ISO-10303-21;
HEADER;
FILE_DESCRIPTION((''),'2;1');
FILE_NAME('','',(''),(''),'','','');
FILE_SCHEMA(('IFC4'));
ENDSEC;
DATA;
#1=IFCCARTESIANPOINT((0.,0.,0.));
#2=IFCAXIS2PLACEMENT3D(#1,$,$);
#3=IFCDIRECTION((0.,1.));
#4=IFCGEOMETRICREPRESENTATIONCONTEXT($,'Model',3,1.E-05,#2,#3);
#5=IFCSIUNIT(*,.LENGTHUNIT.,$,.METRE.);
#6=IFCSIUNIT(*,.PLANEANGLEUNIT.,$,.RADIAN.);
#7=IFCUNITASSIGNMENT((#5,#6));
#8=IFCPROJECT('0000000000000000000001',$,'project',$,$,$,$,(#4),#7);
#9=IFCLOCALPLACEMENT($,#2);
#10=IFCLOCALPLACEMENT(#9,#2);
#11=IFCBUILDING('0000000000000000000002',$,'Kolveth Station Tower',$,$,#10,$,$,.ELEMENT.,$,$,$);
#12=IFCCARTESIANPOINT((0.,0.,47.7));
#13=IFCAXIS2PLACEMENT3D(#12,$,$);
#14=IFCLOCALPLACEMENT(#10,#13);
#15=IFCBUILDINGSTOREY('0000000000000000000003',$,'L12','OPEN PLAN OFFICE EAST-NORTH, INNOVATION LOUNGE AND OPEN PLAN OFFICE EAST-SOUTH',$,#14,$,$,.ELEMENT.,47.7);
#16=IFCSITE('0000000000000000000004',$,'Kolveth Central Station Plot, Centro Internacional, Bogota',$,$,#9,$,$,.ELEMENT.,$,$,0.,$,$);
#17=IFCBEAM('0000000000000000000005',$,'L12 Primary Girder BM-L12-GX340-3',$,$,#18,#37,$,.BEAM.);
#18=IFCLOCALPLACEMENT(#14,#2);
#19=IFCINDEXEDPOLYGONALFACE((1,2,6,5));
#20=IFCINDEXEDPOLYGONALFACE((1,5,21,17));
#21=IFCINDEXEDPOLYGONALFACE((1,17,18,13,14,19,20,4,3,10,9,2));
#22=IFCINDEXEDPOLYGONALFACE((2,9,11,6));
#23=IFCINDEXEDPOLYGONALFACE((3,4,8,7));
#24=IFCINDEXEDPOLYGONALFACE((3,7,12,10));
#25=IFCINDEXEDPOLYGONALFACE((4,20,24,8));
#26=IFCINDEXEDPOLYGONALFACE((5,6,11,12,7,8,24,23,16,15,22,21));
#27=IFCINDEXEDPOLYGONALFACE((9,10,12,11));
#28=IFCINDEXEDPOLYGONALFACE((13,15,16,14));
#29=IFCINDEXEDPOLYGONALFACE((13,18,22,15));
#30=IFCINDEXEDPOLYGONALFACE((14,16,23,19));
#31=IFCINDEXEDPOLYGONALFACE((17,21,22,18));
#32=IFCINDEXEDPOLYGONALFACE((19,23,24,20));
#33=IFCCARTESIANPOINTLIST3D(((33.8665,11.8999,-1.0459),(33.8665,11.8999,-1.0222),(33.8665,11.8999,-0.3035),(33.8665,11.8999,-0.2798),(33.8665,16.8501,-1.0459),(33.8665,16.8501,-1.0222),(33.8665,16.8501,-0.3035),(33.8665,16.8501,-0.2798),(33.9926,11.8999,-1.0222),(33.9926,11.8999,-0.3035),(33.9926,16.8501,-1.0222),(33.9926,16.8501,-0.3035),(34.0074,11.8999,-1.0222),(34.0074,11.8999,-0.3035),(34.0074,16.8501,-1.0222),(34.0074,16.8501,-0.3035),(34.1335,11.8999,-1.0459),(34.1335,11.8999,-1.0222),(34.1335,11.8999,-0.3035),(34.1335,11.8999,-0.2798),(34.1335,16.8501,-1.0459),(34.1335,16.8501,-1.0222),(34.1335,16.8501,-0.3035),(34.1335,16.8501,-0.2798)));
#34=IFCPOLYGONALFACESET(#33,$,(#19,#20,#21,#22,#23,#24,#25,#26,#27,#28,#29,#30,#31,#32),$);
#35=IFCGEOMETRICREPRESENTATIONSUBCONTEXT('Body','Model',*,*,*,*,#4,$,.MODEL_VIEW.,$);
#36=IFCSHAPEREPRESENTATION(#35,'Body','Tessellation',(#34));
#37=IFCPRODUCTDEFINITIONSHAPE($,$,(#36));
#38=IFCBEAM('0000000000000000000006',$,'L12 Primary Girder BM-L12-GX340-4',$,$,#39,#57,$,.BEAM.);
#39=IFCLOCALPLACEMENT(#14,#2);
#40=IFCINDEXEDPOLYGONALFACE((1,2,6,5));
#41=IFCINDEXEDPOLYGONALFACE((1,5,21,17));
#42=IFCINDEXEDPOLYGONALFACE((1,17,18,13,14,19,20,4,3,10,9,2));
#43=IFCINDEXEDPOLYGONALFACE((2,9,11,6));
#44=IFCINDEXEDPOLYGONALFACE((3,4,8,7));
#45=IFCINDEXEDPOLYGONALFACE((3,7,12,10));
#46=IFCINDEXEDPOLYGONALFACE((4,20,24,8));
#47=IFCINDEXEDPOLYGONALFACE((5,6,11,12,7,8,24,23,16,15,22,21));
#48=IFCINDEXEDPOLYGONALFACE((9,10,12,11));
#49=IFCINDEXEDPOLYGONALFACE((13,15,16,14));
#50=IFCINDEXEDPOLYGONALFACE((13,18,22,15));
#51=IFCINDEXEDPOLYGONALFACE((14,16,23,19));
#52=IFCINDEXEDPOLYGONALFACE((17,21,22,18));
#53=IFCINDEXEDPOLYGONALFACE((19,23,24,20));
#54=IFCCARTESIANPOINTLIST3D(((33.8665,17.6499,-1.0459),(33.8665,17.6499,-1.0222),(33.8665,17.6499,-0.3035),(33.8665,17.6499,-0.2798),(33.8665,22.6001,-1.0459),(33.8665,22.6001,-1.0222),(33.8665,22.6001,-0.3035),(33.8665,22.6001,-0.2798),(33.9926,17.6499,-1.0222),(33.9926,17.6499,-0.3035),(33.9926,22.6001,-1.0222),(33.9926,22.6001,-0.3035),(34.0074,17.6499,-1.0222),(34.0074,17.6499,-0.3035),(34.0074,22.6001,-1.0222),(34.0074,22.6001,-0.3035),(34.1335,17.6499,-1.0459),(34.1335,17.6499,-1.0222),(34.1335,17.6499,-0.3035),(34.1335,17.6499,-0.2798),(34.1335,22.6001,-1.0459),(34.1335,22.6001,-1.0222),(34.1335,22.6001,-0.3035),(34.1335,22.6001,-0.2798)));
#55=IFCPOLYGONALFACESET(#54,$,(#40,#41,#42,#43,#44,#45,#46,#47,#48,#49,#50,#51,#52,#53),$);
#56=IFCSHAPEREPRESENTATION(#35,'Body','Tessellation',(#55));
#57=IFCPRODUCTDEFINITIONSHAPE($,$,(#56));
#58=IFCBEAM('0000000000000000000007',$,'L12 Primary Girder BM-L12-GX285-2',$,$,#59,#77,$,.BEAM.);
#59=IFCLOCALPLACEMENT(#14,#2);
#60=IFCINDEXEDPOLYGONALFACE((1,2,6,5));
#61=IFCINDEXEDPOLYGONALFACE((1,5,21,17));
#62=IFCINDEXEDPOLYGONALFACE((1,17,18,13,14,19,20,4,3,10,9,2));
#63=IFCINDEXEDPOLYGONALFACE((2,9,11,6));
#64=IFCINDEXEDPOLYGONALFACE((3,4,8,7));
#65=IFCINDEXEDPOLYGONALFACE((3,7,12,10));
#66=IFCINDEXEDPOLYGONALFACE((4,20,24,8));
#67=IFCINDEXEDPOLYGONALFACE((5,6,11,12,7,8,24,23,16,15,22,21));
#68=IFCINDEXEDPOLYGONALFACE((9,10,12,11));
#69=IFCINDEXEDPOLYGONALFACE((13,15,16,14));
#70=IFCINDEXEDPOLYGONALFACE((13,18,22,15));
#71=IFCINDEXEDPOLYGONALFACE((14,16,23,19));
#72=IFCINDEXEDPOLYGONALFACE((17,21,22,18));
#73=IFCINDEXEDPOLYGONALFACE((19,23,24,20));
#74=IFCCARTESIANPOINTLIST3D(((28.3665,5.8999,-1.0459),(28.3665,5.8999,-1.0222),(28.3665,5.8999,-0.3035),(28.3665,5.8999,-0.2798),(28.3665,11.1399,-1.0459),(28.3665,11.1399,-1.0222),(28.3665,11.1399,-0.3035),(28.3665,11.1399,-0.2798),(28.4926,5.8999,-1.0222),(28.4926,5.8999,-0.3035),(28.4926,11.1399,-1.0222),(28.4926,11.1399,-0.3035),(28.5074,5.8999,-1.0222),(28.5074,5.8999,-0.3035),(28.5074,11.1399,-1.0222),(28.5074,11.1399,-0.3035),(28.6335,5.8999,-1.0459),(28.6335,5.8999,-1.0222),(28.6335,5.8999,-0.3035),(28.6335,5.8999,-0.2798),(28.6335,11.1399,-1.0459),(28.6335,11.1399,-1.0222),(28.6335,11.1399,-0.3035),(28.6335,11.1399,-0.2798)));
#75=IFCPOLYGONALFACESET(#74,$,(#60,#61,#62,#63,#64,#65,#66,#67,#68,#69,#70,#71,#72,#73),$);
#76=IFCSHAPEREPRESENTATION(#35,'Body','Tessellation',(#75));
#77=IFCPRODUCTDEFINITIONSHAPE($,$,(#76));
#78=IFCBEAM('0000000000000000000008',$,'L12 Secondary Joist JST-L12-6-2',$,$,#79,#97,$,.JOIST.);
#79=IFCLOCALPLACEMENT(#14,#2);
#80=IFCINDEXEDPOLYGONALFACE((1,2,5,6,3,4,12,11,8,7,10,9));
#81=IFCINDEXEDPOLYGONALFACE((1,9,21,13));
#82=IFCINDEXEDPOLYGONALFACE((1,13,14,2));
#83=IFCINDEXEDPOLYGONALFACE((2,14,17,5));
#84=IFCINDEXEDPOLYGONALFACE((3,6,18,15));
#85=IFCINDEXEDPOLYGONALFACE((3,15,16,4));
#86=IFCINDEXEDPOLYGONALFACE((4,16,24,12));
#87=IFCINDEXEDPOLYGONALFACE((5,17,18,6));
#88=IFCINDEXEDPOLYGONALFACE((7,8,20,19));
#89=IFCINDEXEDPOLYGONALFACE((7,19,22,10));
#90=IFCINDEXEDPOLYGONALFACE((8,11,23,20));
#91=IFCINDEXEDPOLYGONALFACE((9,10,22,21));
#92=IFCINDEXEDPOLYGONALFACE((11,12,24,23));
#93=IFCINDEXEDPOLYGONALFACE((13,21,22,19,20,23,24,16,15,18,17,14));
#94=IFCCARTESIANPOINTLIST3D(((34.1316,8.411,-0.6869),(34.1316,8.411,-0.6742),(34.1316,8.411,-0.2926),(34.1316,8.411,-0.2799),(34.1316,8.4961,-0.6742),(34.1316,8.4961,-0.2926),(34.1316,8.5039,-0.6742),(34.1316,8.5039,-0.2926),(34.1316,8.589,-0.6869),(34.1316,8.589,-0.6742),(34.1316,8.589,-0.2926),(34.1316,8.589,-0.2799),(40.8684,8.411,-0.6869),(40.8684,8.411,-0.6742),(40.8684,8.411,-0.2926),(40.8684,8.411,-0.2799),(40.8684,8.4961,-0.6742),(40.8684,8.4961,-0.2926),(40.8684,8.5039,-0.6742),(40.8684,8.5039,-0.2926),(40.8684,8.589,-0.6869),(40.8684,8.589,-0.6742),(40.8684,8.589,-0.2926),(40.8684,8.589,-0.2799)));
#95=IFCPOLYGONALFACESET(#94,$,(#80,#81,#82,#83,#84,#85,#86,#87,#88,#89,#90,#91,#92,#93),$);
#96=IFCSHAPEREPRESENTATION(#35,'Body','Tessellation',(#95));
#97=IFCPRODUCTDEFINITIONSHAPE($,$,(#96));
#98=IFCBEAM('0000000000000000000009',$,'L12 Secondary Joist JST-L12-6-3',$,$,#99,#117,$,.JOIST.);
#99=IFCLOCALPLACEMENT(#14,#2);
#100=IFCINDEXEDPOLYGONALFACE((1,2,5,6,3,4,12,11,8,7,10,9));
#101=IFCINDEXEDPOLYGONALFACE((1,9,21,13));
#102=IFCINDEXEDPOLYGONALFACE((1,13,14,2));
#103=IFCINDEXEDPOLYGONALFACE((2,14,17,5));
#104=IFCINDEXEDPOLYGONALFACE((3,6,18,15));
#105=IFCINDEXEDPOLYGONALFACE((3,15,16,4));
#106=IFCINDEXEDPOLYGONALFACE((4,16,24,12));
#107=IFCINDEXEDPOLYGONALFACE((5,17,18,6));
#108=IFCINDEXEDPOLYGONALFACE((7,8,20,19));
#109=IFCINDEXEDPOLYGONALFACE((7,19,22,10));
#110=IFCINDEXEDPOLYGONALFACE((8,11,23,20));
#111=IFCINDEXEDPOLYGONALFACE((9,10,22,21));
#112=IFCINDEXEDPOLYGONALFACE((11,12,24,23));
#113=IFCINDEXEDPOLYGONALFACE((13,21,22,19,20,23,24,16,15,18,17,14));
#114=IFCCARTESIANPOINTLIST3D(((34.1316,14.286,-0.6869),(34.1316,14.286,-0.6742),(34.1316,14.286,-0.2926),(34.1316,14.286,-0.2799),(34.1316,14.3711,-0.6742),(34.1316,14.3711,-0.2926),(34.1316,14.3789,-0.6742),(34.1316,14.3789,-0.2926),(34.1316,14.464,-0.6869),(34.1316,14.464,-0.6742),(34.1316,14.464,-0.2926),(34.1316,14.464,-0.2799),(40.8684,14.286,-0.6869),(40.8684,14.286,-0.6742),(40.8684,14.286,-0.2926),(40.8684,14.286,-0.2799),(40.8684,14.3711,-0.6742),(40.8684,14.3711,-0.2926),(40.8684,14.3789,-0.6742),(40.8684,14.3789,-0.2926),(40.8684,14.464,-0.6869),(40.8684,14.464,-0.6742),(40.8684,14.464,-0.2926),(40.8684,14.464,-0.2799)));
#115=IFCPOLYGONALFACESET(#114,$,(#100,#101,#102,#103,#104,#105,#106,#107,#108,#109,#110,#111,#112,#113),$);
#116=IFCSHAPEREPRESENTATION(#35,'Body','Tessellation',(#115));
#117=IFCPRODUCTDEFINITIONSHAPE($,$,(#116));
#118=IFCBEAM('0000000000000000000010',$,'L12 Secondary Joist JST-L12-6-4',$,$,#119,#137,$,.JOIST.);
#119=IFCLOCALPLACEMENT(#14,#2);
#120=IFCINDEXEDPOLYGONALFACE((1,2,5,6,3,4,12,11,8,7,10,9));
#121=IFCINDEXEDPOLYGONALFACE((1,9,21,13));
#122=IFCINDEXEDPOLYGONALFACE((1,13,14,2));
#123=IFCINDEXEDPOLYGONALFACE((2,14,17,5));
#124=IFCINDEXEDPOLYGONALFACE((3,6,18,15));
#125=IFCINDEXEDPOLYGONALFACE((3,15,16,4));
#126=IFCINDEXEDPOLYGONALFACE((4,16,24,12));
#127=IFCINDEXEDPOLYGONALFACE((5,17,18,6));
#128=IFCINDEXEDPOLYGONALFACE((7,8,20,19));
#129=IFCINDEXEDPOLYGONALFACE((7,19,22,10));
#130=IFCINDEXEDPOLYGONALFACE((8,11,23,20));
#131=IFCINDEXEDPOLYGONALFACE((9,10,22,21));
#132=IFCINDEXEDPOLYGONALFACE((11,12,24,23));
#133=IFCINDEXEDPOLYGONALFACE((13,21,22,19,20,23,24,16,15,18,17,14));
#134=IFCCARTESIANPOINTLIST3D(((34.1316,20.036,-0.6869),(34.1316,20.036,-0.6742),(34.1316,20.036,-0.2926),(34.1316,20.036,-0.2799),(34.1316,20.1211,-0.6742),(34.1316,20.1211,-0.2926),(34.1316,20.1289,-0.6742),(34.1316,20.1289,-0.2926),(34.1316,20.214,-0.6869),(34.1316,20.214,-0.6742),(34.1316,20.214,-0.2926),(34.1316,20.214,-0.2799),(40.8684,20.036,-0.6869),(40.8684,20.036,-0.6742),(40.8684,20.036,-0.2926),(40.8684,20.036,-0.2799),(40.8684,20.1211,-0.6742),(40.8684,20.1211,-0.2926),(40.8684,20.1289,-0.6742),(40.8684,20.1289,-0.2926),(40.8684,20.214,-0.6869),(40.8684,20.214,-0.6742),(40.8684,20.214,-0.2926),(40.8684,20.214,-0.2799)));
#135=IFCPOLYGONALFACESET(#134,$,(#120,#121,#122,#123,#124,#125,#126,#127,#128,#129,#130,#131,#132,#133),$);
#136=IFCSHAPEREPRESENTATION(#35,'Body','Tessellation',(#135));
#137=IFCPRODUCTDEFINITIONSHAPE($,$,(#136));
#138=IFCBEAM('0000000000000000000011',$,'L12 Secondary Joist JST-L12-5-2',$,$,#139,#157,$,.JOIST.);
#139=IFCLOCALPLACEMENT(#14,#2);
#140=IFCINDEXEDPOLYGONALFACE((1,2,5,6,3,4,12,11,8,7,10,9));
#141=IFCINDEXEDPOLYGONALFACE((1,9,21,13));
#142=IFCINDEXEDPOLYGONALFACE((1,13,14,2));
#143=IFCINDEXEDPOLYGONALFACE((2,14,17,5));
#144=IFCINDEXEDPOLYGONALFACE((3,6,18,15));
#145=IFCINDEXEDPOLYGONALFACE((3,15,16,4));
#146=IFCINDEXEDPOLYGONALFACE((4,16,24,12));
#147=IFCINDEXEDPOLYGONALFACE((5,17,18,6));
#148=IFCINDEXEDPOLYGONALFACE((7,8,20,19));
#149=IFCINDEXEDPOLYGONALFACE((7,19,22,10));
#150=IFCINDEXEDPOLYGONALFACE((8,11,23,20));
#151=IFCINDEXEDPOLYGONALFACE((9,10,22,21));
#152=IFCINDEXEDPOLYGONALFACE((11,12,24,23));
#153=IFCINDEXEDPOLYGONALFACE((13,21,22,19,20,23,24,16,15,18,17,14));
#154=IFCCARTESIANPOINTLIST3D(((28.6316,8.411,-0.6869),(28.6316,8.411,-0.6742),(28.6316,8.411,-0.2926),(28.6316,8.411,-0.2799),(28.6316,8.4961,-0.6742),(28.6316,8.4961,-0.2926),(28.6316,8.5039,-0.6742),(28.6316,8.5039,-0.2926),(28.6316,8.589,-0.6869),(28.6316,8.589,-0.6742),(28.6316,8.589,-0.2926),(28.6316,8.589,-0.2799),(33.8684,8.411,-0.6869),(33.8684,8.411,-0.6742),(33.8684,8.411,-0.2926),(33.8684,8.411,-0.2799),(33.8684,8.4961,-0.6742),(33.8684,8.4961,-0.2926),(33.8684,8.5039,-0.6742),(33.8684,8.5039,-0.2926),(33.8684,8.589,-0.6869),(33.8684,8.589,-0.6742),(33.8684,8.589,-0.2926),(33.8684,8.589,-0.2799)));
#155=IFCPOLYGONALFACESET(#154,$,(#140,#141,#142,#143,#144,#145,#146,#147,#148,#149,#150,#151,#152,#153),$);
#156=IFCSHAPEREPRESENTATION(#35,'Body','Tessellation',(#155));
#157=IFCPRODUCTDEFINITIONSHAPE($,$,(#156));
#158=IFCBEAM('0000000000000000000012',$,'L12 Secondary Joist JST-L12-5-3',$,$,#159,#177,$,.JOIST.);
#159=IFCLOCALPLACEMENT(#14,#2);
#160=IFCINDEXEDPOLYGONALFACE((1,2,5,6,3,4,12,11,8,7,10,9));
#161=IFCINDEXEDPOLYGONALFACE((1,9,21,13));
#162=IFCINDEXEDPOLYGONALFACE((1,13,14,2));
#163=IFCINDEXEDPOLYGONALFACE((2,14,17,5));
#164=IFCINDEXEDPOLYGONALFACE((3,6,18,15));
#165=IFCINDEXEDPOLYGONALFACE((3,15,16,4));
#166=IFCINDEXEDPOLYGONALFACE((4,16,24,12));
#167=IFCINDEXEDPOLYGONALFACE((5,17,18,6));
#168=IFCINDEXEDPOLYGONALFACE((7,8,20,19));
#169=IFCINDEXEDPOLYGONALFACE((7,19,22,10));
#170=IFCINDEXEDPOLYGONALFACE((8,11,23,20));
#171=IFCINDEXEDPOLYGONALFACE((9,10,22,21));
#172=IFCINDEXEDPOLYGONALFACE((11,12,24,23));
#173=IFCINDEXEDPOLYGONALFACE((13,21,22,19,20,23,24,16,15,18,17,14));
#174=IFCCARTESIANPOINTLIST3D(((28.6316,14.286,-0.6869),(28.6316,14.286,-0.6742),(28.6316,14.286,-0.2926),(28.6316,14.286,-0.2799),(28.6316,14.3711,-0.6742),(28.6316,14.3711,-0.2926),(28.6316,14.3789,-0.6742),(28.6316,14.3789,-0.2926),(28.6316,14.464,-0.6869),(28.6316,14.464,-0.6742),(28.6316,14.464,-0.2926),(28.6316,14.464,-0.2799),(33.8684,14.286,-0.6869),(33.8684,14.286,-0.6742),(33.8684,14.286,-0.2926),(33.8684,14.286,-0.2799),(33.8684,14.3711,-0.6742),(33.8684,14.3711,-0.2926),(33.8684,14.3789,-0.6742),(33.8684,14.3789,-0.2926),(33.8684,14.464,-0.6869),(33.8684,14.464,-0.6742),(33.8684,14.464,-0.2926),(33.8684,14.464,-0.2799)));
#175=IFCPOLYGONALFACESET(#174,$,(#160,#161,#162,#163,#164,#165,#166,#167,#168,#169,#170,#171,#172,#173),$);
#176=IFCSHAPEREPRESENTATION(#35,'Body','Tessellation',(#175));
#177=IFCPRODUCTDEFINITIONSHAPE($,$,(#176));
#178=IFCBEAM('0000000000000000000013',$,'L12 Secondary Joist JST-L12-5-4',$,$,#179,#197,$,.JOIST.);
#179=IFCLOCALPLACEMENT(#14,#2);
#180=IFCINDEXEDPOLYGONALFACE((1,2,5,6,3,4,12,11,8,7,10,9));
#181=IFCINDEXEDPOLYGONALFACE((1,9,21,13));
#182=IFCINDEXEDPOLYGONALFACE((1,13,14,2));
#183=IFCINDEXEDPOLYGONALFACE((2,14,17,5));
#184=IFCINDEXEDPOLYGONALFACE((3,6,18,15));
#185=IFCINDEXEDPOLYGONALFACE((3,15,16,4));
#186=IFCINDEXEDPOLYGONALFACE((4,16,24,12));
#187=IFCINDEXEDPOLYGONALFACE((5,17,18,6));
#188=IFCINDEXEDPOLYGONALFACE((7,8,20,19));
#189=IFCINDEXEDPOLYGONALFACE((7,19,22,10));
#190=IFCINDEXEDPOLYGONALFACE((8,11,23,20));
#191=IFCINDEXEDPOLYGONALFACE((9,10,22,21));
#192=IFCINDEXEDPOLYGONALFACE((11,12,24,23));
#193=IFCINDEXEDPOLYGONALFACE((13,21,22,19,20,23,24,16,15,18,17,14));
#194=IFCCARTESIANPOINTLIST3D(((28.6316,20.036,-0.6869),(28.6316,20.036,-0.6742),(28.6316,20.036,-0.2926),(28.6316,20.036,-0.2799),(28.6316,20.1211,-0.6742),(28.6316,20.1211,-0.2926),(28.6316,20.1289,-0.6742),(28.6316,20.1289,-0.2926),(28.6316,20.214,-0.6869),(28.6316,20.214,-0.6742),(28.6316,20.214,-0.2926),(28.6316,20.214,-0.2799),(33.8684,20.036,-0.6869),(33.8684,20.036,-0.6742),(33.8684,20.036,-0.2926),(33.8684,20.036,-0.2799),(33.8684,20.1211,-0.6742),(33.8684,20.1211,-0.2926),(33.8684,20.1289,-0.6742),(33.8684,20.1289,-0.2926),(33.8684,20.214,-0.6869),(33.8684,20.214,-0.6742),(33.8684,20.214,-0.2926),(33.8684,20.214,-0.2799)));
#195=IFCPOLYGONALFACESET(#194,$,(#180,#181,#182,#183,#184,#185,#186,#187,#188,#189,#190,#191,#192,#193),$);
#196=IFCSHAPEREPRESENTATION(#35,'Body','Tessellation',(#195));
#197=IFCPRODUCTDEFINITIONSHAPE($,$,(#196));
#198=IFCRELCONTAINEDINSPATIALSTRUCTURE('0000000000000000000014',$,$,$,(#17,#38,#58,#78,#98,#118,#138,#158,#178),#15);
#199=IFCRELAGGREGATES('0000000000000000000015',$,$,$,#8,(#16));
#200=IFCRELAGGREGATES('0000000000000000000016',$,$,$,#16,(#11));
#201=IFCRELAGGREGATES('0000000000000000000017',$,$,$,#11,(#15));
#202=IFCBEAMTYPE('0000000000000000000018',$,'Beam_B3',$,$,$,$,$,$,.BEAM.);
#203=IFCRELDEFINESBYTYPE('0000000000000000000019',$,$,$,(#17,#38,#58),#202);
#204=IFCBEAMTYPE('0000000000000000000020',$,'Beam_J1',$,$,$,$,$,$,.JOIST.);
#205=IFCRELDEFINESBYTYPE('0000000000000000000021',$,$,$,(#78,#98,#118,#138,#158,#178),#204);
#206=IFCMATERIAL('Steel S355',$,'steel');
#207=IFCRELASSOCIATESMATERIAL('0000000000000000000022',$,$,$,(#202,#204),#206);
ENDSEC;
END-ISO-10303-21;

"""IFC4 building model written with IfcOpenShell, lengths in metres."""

from ifc_helpers import new_model, si_unit, direction, frame, origin, origin_2d, place, context, subcontext, project, spatial, i_section, extrude, source, transform, mapped, material, material_profile, profile_set, type_object, element, save


model = new_model("IFC4")

# Units and contexts
model_context = context("Model", 3, precision=1e-05, world=origin(), true_north=direction((0.0, 1.0)))
body_context = subcontext(model_context, "Body", "Model", "MODEL_VIEW")
ifc_project = project(units=[si_unit("LENGTHUNIT", "METRE"), si_unit("PLANEANGLEUNIT", "RADIAN")], contexts=[model_context])

# Site, building, storey
site_placement = place(None, origin())
site = spatial("IfcSite", under=ifc_project, at=site_placement, Name="Kolveth Central Station Plot, Centro Internacional, Bogota", CompositionType="ELEMENT", RefElevation=0.0)
building_placement = place(site_placement, origin())
building = spatial("IfcBuilding", under=site, at=building_placement, Name="Kolveth Station Tower", CompositionType="ELEMENT")
storey_placement = place(building_placement, frame((0.0, 0.0, 47.7)))
storey = spatial("IfcBuildingStorey", under=building, at=storey_placement, Name="L12", Description="OPEN PLAN OFFICE EAST-NORTH, INNOVATION LOUNGE AND OPEN PLAN OFFICE EAST-SOUTH", CompositionType="ELEMENT", Elevation=47.7)

# Beams
ifc_material_1 = material(Name="Steel S355", Category="steel")
ifc_material_profile_1 = material_profile(ifc_material_1, i_section(OverallWidth=0.2671, OverallDepth=0.7661, WebThickness=0.0149, FlangeThickness=0.0237, at=origin_2d()), Name="W760x185")
ifc_profile_set_1 = profile_set([ifc_material_profile_1], Name="Steel S355")
beam_type_1 = type_object("IfcBeamType", Name="Beam_B3", PredefinedType="BEAM", material=ifc_profile_set_1)
shared_shape_1 = source(origin(), body_context, "Body", "SweptSolid", [
    extrude(i_section(OverallWidth=0.2671, OverallDepth=0.7661, WebThickness=0.0149, FlangeThickness=0.0237, at=origin_2d()), origin(), (0.0, 0.0, 1.0), 4.9502),
])
for number, where, z_axis, x_axis, name in (
    (1, (34.0, 11.8999, -0.6628), (0.0, 1.0, 0.0), (-1.0, 0.0, 0.0), "L12 Primary Girder BM-L12-GX340-3"),
    (2, (34.0, 17.6499, -0.6628), (0.0, 1.0, 0.0), (-1.0, 0.0, 0.0), "L12 Primary Girder BM-L12-GX340-4"),
):
    element("IfcBeam", number, at=place(storey_placement, frame(where, z_axis=z_axis, x_axis=x_axis)), inside=storey, type_object=beam_type_1, Name=name, PredefinedType="BEAM", context=body_context, shape_type="MappedRepresentation", body=[
        mapped(shared_shape_1, transform((0.0, 0.0, 0.0), x_axis=(1.0, 0.0, 0.0), y_axis=(0.0, 1.0, 0.0), z_axis=(0.0, 0.0, 1.0), scale=1.0)),
    ])
shared_shape_2 = source(origin(), body_context, "Body", "SweptSolid", [
    extrude(i_section(OverallWidth=0.2671, OverallDepth=0.7661, WebThickness=0.0149, FlangeThickness=0.0237, at=origin_2d()), origin(), (0.0, 0.0, 1.0), 5.24),
])
beam_1_placement = place(storey_placement, frame((28.5, 5.8999, -0.6628), z_axis=(0.0, 1.0, 0.0), x_axis=(-1.0, 0.0, 0.0)))
element("IfcBeam", 3, at=beam_1_placement, inside=storey, type_object=beam_type_1, Name="L12 Primary Girder BM-L12-GX285-2", PredefinedType="BEAM", context=body_context, shape_type="MappedRepresentation", body=[
    mapped(shared_shape_2, transform((0.0, 0.0, 0.0), x_axis=(1.0, 0.0, 0.0), y_axis=(0.0, 1.0, 0.0), z_axis=(0.0, 0.0, 1.0), scale=1.0)),
])
ifc_material_profile_2 = material_profile(ifc_material_1, i_section(OverallWidth=0.178, OverallDepth=0.407, WebThickness=0.0078, FlangeThickness=0.0127, at=origin_2d()), Name="W410x60")
ifc_profile_set_2 = profile_set([ifc_material_profile_2], Name="Steel S355")
beam_type_2 = type_object("IfcBeamType", Name="Beam_J1", PredefinedType="JOIST", material=ifc_profile_set_2)
shared_shape_3 = source(origin(), body_context, "Body", "SweptSolid", [
    extrude(i_section(OverallWidth=0.178, OverallDepth=0.407, WebThickness=0.0078, FlangeThickness=0.0127, at=origin_2d()), origin(), (0.0, 0.0, 1.0), 6.7368),
])
for number, where, z_axis, x_axis, name in (
    (4, (34.1316, 8.5, -0.4834), (1.0, 0.0, 0.0), (0.0, 1.0, 0.0), "L12 Secondary Joist JST-L12-6-2"),
    (5, (34.1316, 14.375, -0.4834), (1.0, 0.0, 0.0), (0.0, 1.0, 0.0), "L12 Secondary Joist JST-L12-6-3"),
    (6, (34.1316, 20.125, -0.4834), (1.0, 0.0, 0.0), (0.0, 1.0, 0.0), "L12 Secondary Joist JST-L12-6-4"),
):
    element("IfcBeam", number, at=place(storey_placement, frame(where, z_axis=z_axis, x_axis=x_axis)), inside=storey, type_object=beam_type_2, Name=name, PredefinedType="JOIST", context=body_context, shape_type="MappedRepresentation", body=[
        mapped(shared_shape_3, transform((0.0, 0.0, 0.0), x_axis=(1.0, 0.0, 0.0), y_axis=(0.0, 1.0, 0.0), z_axis=(0.0, 0.0, 1.0), scale=1.0)),
    ])
shared_shape_4 = source(origin(), body_context, "Body", "SweptSolid", [
    extrude(i_section(OverallWidth=0.178, OverallDepth=0.407, WebThickness=0.0078, FlangeThickness=0.0127, at=origin_2d()), origin(), (0.0, 0.0, 1.0), 5.2368),
])
for number, where, z_axis, x_axis, name in (
    (7, (28.6316, 8.5, -0.4834), (1.0, 0.0, 0.0), (0.0, 1.0, 0.0), "L12 Secondary Joist JST-L12-5-2"),
    (8, (28.6316, 14.375, -0.4834), (1.0, 0.0, 0.0), (0.0, 1.0, 0.0), "L12 Secondary Joist JST-L12-5-3"),
    (9, (28.6316, 20.125, -0.4834), (1.0, 0.0, 0.0), (0.0, 1.0, 0.0), "L12 Secondary Joist JST-L12-5-4"),
):
    element("IfcBeam", number, at=place(storey_placement, frame(where, z_axis=z_axis, x_axis=x_axis)), inside=storey, type_object=beam_type_2, Name=name, PredefinedType="JOIST", context=body_context, shape_type="MappedRepresentation", body=[
        mapped(shared_shape_4, transform((0.0, 0.0, 0.0), x_axis=(1.0, 0.0, 0.0), y_axis=(0.0, 1.0, 0.0), z_axis=(0.0, 0.0, 1.0), scale=1.0)),
    ])

save(model, "model.ifc")
